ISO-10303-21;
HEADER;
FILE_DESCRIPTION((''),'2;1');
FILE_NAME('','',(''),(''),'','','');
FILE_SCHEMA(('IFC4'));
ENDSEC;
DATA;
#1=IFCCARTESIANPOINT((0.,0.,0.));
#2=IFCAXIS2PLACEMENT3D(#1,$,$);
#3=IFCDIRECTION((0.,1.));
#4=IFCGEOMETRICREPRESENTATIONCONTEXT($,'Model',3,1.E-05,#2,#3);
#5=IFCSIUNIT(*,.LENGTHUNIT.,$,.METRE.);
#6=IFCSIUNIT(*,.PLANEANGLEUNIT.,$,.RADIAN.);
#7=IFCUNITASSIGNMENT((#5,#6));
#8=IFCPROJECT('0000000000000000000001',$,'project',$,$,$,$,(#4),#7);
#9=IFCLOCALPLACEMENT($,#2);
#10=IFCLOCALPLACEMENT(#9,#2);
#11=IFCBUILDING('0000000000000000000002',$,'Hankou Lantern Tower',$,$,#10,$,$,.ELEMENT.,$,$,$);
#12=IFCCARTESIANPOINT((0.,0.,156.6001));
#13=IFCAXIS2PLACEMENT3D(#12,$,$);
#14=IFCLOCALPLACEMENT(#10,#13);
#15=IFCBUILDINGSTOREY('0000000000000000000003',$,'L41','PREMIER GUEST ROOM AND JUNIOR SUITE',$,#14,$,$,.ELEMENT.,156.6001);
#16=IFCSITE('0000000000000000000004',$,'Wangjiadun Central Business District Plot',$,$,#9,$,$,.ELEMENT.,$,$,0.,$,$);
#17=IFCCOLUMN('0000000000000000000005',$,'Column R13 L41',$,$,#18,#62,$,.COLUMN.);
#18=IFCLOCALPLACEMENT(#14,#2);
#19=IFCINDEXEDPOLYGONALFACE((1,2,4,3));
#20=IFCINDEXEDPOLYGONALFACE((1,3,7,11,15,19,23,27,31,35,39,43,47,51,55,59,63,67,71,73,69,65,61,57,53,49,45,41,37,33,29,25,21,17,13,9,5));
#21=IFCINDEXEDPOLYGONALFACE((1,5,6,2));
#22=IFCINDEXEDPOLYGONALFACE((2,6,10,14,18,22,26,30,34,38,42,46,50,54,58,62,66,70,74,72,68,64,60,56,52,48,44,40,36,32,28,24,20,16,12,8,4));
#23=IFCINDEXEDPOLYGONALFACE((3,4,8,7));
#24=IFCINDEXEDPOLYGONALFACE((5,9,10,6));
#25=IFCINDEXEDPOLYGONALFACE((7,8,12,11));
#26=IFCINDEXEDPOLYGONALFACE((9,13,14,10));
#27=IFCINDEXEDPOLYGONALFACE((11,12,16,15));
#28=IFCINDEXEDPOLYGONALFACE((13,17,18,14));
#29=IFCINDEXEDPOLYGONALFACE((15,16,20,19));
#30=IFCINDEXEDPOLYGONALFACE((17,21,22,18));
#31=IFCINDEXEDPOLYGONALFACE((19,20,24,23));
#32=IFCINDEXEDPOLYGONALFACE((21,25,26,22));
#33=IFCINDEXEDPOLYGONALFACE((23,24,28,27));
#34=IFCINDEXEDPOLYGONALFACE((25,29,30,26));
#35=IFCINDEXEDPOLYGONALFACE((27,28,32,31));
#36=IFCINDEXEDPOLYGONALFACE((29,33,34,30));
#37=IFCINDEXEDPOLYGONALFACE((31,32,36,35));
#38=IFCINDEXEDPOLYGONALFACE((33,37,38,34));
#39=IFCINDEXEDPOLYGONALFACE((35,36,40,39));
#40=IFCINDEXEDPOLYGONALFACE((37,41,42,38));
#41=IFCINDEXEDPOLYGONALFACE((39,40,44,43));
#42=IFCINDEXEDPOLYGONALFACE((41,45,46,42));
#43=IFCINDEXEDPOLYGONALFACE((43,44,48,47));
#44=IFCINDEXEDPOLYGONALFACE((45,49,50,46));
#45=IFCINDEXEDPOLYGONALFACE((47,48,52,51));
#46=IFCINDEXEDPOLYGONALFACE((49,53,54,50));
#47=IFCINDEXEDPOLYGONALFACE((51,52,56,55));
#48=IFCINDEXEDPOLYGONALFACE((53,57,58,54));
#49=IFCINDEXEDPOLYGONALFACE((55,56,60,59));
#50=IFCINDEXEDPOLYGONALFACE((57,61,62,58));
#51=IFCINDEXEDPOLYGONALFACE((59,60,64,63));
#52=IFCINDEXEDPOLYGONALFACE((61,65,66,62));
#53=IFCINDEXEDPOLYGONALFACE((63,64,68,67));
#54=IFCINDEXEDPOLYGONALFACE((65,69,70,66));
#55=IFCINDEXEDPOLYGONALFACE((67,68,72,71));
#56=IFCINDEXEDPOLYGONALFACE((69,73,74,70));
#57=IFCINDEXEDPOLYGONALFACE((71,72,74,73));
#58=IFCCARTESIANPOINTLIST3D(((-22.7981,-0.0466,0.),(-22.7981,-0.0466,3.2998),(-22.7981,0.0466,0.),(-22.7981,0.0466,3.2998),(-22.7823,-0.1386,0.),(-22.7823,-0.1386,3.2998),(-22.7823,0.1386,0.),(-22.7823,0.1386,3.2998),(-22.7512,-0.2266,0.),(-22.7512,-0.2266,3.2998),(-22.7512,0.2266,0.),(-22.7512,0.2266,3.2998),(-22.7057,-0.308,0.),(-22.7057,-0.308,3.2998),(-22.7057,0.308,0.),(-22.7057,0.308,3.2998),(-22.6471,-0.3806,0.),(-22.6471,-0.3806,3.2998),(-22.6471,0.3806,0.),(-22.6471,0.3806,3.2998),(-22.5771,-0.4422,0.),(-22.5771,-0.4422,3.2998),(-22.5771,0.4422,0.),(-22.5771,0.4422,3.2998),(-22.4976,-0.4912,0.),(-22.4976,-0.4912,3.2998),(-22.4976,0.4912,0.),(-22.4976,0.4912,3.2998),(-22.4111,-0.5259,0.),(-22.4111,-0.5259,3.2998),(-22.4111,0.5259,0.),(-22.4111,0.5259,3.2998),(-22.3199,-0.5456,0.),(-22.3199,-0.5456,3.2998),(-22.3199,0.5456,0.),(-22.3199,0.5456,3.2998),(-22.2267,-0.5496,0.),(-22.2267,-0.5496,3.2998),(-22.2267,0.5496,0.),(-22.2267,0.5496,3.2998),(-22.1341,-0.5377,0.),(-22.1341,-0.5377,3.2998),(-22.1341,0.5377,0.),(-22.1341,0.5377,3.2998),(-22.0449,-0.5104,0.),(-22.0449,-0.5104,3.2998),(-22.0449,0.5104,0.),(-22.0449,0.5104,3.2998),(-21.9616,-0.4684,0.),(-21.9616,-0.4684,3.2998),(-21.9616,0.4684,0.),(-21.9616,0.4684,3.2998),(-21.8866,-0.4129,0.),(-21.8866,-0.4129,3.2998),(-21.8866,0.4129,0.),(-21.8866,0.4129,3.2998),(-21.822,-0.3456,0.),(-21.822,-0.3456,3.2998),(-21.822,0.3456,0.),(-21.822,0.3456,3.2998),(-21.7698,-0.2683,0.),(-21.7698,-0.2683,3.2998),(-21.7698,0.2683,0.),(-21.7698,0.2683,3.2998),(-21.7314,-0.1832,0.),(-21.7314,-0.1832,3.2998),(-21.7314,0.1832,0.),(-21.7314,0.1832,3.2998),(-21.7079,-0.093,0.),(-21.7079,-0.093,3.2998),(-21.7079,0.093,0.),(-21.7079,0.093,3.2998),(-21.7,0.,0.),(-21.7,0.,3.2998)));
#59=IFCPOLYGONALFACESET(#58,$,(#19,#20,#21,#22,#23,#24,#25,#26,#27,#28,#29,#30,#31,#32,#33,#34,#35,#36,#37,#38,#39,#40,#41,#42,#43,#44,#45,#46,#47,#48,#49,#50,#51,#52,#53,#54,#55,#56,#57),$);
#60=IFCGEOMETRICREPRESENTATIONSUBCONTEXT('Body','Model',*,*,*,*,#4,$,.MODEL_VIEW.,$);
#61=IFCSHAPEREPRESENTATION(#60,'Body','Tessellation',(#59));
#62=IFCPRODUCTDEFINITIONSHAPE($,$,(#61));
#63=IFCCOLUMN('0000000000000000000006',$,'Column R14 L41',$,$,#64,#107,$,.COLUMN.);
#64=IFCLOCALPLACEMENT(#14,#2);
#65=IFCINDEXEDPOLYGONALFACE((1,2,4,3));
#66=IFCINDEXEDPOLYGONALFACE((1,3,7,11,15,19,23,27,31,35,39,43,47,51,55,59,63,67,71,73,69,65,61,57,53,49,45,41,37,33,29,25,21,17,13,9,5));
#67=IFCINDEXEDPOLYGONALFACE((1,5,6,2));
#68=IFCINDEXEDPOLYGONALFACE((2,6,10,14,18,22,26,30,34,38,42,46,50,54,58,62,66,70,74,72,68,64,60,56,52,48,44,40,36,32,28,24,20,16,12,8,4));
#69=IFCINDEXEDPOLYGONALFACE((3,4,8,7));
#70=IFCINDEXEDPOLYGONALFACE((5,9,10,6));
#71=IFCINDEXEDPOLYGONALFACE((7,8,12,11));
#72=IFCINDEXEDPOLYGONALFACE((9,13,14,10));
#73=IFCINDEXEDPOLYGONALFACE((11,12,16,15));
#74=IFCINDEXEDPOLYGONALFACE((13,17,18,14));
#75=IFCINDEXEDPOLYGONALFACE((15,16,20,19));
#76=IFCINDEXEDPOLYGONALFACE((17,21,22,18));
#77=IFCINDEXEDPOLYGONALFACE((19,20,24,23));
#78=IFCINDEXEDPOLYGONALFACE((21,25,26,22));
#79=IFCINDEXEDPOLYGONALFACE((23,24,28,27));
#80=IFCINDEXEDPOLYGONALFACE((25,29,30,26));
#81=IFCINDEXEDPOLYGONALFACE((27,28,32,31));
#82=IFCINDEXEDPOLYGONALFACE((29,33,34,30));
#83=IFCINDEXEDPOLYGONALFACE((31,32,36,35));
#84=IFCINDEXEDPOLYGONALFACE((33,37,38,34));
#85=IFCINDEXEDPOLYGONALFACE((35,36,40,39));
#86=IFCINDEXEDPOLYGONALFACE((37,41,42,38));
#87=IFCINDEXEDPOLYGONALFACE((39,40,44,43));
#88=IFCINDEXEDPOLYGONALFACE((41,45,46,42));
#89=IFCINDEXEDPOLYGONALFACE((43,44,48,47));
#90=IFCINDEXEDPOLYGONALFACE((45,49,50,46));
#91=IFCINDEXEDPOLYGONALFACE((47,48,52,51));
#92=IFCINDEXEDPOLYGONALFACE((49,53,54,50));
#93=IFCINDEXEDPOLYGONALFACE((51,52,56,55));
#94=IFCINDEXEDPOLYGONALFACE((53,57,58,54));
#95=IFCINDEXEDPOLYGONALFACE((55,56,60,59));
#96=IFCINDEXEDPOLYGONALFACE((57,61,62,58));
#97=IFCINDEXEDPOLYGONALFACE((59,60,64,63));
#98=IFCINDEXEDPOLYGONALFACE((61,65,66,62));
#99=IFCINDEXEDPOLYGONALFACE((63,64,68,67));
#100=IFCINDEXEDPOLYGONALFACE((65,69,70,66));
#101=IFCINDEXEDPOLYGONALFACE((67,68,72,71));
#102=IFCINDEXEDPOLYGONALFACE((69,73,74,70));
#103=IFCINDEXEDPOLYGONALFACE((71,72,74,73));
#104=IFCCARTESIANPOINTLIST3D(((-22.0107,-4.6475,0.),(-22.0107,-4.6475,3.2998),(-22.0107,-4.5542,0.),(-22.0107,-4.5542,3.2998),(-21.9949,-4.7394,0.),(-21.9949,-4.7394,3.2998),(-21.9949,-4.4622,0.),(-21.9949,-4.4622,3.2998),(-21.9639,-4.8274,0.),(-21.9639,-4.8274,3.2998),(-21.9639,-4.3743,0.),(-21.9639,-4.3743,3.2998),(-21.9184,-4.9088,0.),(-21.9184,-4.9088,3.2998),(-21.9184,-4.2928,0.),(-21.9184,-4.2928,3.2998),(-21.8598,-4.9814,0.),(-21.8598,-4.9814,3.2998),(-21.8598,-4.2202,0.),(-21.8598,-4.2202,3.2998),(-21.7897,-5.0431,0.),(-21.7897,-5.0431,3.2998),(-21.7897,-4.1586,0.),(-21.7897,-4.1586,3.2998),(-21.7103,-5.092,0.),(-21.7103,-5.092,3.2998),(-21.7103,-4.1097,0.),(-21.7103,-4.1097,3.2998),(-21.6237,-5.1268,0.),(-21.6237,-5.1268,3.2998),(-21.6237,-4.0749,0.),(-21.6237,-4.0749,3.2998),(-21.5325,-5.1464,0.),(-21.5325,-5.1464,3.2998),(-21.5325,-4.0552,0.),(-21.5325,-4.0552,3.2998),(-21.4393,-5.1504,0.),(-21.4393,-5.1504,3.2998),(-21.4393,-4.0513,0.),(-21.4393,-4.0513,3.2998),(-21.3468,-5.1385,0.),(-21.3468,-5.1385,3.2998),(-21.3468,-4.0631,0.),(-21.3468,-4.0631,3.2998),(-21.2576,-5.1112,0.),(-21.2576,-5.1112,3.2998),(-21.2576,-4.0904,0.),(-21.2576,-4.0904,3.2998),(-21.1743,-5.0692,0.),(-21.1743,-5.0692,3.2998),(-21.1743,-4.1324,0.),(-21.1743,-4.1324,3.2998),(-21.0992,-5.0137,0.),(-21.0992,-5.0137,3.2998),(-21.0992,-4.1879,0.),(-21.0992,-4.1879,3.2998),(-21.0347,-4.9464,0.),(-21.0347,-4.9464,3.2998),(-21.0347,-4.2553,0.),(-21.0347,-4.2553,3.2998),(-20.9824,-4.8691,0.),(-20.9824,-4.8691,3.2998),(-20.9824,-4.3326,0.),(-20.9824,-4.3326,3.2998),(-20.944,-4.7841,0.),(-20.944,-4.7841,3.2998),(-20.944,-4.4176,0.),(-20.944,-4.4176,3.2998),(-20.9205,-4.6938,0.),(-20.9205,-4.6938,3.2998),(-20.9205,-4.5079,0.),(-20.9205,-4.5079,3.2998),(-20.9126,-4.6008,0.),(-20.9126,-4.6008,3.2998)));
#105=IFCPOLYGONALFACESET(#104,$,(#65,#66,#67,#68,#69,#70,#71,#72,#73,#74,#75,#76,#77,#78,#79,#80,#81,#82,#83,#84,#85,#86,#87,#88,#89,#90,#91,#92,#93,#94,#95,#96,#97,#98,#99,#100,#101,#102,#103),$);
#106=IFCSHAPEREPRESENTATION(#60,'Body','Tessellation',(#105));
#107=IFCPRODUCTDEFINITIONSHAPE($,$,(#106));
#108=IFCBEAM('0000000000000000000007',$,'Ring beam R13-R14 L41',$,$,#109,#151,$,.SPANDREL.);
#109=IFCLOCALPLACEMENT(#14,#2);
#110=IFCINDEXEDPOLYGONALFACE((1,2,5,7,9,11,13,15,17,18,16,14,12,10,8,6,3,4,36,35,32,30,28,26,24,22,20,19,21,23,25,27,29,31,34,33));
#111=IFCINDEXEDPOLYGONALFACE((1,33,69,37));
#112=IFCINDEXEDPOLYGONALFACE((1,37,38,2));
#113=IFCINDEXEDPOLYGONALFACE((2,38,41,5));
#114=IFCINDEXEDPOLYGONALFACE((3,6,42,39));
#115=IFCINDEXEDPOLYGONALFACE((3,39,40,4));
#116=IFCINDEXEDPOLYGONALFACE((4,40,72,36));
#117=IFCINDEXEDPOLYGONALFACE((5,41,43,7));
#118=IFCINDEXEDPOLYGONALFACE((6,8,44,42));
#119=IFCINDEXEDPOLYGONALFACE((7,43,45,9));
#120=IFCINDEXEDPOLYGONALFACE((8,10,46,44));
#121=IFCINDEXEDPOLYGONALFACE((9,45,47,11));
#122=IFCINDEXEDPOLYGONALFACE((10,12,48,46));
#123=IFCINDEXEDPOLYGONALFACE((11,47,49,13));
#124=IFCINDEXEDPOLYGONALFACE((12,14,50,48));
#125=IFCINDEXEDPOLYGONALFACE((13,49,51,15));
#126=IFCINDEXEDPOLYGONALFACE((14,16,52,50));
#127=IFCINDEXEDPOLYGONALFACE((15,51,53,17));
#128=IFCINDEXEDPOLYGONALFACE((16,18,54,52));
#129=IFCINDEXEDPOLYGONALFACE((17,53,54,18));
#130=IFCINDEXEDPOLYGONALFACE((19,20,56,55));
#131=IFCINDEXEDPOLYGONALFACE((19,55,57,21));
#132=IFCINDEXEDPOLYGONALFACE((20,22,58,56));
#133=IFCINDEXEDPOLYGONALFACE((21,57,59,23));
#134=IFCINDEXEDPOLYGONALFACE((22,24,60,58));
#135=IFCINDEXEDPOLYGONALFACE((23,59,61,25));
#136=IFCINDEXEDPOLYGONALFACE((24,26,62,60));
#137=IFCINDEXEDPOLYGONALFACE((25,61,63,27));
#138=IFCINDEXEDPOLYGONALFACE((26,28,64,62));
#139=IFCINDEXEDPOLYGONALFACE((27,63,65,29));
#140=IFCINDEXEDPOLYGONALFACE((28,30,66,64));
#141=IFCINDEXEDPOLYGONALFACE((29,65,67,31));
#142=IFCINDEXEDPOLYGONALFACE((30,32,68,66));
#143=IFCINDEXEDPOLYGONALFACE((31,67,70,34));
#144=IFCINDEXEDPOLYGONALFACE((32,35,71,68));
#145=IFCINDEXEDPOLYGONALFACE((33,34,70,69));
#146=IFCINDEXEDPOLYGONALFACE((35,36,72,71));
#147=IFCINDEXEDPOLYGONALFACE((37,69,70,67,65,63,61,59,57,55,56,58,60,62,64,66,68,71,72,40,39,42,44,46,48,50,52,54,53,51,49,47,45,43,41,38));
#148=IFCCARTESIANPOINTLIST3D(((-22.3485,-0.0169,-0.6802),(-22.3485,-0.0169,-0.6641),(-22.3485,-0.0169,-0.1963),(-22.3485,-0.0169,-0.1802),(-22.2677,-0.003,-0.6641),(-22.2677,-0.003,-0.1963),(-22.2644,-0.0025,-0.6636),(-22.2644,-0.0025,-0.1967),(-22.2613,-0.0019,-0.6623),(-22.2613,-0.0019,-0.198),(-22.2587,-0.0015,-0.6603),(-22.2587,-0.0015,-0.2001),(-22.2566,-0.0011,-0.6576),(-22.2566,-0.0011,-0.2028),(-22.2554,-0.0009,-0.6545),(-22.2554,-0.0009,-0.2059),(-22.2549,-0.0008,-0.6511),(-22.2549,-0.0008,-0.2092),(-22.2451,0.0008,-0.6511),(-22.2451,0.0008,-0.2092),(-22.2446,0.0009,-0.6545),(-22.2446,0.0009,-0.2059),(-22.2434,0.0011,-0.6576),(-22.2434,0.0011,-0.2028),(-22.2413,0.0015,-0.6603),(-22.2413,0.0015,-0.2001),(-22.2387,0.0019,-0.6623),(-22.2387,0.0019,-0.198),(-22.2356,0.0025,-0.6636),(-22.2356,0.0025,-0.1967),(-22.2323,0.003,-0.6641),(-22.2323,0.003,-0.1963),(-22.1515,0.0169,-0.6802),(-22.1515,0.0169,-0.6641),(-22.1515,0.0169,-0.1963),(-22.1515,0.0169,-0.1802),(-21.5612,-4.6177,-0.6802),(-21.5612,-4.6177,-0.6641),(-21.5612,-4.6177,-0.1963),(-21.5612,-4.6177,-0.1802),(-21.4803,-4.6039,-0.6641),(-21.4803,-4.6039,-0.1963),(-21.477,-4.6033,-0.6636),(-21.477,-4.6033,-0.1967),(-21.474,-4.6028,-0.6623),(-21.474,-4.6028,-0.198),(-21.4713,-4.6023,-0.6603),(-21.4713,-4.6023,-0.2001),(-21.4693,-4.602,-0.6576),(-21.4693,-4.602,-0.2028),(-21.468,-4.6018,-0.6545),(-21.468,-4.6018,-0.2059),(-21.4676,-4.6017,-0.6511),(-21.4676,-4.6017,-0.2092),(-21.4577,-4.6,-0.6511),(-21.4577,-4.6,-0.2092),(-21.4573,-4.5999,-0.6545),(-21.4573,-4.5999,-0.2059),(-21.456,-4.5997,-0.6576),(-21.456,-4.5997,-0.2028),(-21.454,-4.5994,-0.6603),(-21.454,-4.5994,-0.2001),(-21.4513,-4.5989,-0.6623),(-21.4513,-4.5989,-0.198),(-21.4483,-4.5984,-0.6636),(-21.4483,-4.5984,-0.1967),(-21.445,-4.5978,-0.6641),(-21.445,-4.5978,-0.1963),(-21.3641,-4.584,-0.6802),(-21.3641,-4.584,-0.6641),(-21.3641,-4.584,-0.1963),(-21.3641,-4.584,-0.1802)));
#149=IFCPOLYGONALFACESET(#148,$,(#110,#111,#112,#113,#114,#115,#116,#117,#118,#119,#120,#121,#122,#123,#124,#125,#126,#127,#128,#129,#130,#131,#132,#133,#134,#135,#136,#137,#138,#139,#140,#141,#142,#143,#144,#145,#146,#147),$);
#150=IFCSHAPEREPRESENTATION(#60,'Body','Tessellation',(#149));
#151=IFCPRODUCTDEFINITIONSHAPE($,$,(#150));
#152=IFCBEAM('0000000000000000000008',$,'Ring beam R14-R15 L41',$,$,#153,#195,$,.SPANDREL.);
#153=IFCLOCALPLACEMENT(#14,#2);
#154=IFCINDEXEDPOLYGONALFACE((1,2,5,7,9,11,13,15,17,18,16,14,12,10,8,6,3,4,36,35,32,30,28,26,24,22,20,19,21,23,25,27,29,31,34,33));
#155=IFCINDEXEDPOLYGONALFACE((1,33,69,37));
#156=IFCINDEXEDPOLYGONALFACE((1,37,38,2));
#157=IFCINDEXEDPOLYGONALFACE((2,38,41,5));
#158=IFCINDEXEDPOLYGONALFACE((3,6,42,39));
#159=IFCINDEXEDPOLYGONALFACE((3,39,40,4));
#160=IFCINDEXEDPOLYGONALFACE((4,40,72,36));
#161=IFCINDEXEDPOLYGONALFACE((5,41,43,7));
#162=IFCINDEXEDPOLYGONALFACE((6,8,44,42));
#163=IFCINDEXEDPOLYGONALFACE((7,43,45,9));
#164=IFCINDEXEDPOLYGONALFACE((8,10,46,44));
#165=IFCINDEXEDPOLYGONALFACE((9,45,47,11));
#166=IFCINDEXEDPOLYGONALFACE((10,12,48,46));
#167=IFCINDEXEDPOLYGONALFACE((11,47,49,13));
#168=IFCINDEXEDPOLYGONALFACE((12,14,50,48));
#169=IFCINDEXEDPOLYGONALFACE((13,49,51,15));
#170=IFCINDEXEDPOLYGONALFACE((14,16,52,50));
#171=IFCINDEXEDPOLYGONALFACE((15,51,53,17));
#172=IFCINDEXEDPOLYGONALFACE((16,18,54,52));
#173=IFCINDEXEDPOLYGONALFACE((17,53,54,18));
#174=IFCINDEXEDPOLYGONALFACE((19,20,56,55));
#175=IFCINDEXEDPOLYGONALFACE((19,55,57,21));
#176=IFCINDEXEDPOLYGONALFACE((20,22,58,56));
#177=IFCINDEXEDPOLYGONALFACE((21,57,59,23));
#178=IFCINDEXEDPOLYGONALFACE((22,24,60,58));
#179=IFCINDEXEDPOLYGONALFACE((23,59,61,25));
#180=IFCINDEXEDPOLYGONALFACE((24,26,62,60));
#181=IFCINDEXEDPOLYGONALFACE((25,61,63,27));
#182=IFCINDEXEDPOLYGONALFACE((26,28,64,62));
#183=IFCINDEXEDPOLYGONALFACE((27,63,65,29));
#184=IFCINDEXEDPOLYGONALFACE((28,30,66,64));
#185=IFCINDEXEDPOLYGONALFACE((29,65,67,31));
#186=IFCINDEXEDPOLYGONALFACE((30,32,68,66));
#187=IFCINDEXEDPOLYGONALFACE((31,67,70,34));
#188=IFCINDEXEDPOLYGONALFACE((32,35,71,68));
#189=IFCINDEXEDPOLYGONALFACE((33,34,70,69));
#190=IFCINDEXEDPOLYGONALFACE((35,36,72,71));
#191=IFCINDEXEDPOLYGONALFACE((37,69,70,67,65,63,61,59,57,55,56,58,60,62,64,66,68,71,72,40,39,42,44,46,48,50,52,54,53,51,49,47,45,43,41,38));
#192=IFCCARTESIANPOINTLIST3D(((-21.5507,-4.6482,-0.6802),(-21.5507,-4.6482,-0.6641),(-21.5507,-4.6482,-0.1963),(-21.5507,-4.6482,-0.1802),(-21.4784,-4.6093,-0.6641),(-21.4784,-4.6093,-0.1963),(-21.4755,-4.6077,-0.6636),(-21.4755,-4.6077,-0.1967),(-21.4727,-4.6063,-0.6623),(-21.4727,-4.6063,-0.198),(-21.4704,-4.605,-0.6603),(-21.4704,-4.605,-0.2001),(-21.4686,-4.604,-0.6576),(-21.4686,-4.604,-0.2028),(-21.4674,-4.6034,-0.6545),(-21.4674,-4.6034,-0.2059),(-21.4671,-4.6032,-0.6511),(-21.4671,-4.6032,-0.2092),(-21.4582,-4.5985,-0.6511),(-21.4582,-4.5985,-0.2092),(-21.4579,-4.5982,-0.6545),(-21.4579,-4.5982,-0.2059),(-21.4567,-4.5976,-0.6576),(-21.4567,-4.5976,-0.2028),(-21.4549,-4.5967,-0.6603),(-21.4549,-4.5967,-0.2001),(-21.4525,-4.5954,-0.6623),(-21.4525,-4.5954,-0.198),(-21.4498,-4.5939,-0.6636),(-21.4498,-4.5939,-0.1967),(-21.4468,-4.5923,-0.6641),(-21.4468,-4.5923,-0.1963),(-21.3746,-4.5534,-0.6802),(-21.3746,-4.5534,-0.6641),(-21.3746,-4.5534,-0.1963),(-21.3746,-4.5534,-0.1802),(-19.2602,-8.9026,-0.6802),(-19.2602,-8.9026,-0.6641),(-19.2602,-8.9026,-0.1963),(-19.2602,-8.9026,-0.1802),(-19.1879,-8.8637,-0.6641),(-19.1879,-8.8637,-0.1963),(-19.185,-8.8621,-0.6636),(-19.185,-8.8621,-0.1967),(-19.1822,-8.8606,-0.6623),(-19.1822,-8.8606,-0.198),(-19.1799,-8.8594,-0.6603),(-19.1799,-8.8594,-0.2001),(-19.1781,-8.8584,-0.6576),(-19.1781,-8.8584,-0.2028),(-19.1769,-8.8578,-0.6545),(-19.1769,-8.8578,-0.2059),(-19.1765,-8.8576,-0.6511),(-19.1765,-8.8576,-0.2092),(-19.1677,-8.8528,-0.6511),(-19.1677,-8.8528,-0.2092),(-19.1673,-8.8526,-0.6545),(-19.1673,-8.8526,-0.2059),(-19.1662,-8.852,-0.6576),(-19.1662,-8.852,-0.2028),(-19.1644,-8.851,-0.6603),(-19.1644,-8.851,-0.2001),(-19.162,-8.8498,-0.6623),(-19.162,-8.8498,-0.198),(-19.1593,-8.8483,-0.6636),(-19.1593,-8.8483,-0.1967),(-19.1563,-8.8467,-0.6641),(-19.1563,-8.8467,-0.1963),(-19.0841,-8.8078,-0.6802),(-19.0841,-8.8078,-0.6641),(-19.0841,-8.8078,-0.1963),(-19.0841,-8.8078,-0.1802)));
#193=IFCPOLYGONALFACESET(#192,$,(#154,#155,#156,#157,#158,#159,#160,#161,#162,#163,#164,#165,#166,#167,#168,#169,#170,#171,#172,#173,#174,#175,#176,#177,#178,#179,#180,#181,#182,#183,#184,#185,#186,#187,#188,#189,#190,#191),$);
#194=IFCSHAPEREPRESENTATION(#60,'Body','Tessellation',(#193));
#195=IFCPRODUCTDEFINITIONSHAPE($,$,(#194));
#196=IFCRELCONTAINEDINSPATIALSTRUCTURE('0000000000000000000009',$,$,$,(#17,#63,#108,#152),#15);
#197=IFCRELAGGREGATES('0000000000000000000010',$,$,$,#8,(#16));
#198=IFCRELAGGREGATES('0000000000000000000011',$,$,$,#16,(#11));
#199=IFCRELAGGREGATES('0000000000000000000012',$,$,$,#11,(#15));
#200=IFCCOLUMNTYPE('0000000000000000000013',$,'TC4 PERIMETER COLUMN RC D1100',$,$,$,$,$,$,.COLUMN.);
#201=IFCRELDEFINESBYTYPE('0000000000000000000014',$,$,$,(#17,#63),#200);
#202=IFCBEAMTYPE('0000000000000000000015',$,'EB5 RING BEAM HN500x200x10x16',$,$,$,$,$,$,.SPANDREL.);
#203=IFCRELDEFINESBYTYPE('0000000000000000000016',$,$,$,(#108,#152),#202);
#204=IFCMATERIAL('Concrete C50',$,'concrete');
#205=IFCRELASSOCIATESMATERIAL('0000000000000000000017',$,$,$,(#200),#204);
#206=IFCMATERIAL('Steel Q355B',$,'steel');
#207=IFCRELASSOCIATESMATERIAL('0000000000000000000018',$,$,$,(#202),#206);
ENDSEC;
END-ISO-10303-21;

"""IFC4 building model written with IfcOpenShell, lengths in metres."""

from ifc_helpers import new_model, si_unit, direction, frame, origin, origin_2d, place, context, subcontext, project, spatial, circle, i_section, extrude, material, material_profile, profile_set, type_object, element, save


model = new_model("IFC4")

# Units and contexts
model_context = context("Model", 3, precision=1e-05, world=origin(), true_north=direction((0.0, 1.0)))
body_context = subcontext(model_context, "Body", "Model", "MODEL_VIEW")
ifc_project = project(units=[si_unit("LENGTHUNIT", "METRE"), si_unit("PLANEANGLEUNIT", "RADIAN")], contexts=[model_context])

# Site, building, storey
site_placement = place(None, origin())
site = spatial("IfcSite", under=ifc_project, at=site_placement, Name="Wangjiadun Central Business District Plot", CompositionType="ELEMENT", RefElevation=0.0)
building_placement = place(site_placement, origin())
building = spatial("IfcBuilding", under=site, at=building_placement, Name="Hankou Lantern Tower", CompositionType="ELEMENT")
storey_placement = place(building_placement, frame((0.0, 0.0, 156.6001)))
storey = spatial("IfcBuildingStorey", under=building, at=storey_placement, Name="L41", Description="PREMIER GUEST ROOM AND JUNIOR SUITE", CompositionType="ELEMENT", Elevation=156.6001)

# Columns
ifc_material_1 = material(Name="Concrete C50", Category="concrete")
ifc_material_profile_1 = material_profile(ifc_material_1, circle(Radius=0.55, at=origin_2d()), Name="RC D1100")
ifc_profile_set_1 = profile_set([ifc_material_profile_1], Name="Concrete C50")
column_type = type_object("IfcColumnType", Name="TC4 PERIMETER COLUMN RC D1100", PredefinedType="COLUMN", material=ifc_profile_set_1)
for number, where, z_axis, x_axis, name in (
    (1, (-22.25, 0.0, 0.0), (0.0, 0.0, 1.0), (1.0, 0.0, 0.0), "Column R13 L41"),
    (2, (-21.4626, -4.6008, 0.0), (0.0, 0.0, 1.0), (1.0, 0.0, 0.0), "Column R14 L41"),
):
    element("IfcColumn", number, at=place(storey_placement, frame(where, z_axis=z_axis, x_axis=x_axis)), inside=storey, type_object=column_type, Name=name, PredefinedType="COLUMN", context=body_context, shape_type="SweptSolid", body=[
        extrude(circle(Radius=0.55, at=origin_2d()), origin(), (0.0, 0.0, 1.0), 3.2998),
    ])

# Beams
ifc_material_2 = material(Name="Steel Q355B", Category="steel")
ifc_material_profile_2 = material_profile(ifc_material_2, i_section(OverallWidth=0.2, OverallDepth=0.5, WebThickness=0.01, FlangeThickness=0.0161, FilletRadius=0.0129, at=origin_2d()), Name="HN500x200x10x16")
ifc_profile_set_2 = profile_set([ifc_material_profile_2], Name="Steel Q355B")
beam_type_1 = type_object("IfcBeamType", Name="EB5 RING BEAM HN500x200x10x16", PredefinedType="SPANDREL", material=ifc_profile_set_2)
beam_1_placement = place(storey_placement, frame((-22.25, 0.0, -0.4302), z_axis=(0.168681, -0.985671, 0.0), x_axis=(0.985671, 0.168681, 0.0)))
element("IfcBeam", 3, at=beam_1_placement, inside=storey, type_object=beam_type_1, Name="Ring beam R13-R14 L41", PredefinedType="SPANDREL", context=body_context, shape_type="SweptSolid", body=[
    extrude(i_section(OverallWidth=0.2, OverallDepth=0.5, WebThickness=0.01, FlangeThickness=0.0161, FilletRadius=0.0129, at=origin_2d()), origin(), (0.0, 0.0, 1.0), 4.6677),
])
beam_2_placement = place(storey_placement, frame((-21.4626, -4.6008, -0.4302), z_axis=(0.474052, -0.880497, 0.0), x_axis=(0.880497, 0.474052, 0.0)))
element("IfcBeam", 4, at=beam_2_placement, inside=storey, type_object=beam_type_1, Name="Ring beam R14-R15 L41", PredefinedType="SPANDREL", context=body_context, shape_type="SweptSolid", body=[
    extrude(i_section(OverallWidth=0.2, OverallDepth=0.5, WebThickness=0.01, FlangeThickness=0.0161, FilletRadius=0.0129, at=origin_2d()), origin(), (0.0, 0.0, 1.0), 4.8318),
])

save(model, "model.ifc")
